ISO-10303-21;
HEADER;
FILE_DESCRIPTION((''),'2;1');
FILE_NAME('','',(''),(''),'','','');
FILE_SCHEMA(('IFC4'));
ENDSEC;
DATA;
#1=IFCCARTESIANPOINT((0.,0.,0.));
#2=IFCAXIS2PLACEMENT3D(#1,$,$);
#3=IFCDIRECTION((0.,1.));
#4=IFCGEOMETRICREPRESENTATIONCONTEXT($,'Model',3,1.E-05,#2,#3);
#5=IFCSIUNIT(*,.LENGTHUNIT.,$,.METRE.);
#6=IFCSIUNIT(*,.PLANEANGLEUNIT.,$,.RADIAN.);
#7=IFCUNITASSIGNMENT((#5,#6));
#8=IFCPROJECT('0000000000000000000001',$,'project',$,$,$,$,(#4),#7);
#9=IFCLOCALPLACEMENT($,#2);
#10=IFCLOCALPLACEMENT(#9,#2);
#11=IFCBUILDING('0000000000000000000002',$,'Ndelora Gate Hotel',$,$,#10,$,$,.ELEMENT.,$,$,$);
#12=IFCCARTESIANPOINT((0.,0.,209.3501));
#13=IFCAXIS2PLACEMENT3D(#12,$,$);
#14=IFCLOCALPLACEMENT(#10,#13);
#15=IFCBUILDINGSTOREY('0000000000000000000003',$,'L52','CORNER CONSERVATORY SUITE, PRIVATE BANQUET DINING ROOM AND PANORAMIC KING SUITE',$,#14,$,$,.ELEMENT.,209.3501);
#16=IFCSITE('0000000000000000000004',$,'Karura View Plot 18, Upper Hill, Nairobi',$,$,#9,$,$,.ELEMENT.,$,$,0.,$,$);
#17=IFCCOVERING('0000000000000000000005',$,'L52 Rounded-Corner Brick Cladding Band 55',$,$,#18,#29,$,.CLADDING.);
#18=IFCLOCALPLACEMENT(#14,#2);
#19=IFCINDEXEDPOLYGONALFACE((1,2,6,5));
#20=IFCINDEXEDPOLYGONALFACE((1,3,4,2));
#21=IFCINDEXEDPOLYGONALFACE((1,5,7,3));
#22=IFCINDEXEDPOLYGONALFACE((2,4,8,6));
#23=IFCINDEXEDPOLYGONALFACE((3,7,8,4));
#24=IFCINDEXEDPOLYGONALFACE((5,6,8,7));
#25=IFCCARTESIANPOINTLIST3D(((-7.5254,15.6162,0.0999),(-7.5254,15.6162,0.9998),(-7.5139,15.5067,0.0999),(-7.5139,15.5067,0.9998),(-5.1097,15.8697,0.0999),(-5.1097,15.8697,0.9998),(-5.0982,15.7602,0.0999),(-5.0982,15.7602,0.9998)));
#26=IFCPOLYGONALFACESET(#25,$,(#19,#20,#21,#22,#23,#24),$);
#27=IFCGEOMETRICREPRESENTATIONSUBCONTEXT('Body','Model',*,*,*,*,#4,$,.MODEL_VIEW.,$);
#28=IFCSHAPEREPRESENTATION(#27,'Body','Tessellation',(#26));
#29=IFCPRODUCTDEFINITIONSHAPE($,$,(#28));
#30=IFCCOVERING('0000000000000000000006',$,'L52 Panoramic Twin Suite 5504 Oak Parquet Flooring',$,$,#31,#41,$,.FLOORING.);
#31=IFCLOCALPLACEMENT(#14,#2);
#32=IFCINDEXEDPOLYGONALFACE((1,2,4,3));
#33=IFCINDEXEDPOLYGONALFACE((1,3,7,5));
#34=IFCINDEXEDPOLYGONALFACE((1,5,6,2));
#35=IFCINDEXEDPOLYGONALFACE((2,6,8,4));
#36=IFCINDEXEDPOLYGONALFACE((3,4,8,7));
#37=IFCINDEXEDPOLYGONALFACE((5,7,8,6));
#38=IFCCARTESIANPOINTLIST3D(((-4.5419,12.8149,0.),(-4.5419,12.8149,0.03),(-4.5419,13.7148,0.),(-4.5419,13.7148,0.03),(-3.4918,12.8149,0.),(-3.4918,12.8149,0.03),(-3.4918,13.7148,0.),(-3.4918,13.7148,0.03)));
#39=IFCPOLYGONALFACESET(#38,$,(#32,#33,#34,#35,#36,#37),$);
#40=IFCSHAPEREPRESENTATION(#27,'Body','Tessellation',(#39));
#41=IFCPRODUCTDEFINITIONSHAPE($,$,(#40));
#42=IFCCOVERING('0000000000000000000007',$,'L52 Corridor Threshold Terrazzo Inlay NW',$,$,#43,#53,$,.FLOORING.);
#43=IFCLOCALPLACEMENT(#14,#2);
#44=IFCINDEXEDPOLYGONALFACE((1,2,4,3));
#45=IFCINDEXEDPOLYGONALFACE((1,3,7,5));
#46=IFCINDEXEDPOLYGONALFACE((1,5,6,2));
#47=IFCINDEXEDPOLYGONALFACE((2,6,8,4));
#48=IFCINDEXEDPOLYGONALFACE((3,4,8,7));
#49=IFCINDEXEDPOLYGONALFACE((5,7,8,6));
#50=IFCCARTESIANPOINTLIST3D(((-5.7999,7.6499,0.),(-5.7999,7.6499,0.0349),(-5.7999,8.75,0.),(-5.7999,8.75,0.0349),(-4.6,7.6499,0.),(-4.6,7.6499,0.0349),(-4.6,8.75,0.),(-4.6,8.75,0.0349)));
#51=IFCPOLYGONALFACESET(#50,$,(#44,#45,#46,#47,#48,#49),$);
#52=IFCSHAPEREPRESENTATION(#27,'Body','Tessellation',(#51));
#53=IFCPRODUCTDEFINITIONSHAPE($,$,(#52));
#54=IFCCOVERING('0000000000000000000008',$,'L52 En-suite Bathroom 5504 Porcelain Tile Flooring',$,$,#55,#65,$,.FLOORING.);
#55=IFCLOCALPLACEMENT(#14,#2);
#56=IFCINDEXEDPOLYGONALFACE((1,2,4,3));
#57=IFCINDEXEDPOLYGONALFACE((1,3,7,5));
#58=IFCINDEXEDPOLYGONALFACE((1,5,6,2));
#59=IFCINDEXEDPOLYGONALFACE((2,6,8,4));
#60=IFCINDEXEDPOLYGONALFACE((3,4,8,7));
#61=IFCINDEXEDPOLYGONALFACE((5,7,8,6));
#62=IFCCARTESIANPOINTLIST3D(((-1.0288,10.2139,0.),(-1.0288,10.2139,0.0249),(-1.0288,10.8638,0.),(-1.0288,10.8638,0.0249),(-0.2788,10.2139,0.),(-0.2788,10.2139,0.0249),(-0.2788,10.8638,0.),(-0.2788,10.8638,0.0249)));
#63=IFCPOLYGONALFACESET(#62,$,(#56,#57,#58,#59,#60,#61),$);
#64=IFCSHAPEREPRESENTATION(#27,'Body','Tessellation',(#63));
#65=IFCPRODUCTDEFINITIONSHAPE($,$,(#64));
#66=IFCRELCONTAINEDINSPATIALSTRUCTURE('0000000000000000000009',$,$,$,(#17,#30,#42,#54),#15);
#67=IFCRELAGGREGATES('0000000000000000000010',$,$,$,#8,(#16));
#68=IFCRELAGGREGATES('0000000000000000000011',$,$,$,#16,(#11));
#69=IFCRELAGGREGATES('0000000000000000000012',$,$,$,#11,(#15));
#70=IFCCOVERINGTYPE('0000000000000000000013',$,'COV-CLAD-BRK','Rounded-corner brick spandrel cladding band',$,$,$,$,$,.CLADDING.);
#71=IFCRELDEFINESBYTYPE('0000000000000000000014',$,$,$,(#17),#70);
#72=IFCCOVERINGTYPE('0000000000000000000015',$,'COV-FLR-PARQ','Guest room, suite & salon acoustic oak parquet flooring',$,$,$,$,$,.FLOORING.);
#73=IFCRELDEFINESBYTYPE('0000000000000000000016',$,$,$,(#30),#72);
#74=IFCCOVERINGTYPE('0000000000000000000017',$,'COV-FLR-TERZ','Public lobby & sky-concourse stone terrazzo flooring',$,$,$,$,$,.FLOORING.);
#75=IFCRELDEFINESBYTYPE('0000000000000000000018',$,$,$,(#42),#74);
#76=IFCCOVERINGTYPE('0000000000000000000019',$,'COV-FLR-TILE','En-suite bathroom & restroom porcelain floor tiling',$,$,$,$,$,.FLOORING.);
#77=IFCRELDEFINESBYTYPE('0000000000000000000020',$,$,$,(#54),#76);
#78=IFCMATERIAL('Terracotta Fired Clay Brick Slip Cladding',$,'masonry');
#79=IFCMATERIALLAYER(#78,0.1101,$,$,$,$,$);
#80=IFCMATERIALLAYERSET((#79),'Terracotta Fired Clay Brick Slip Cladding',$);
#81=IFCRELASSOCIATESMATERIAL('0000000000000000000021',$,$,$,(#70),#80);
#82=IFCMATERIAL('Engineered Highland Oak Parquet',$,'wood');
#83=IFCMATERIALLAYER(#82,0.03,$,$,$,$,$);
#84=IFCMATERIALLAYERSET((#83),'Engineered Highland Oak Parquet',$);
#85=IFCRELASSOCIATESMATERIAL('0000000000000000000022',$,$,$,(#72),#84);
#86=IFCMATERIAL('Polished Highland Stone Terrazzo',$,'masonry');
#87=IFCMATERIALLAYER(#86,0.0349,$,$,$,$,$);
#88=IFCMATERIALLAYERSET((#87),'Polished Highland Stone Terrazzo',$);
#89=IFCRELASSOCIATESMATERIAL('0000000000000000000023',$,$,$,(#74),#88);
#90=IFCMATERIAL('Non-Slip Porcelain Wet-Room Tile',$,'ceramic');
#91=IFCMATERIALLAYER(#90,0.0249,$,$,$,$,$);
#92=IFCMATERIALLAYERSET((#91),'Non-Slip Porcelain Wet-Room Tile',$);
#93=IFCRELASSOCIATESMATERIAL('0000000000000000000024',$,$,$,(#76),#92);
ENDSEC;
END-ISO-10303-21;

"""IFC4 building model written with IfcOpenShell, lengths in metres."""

from ifc_helpers import new_model, si_unit, direction, frame, origin, origin_2d, place, context, subcontext, project, spatial, rectangle, extrude, material, layer, layer_set, type_object, element, save


model = new_model("IFC4")

# Units and contexts
model_context = context("Model", 3, precision=1e-05, world=origin(), true_north=direction((0.0, 1.0)))
body_context = subcontext(model_context, "Body", "Model", "MODEL_VIEW")
ifc_project = project(units=[si_unit("LENGTHUNIT", "METRE"), si_unit("PLANEANGLEUNIT", "RADIAN")], contexts=[model_context])

# Site, building, storey
site_placement = place(None, origin())
site = spatial("IfcSite", under=ifc_project, at=site_placement, Name="Karura View Plot 18, Upper Hill, Nairobi", CompositionType="ELEMENT", RefElevation=0.0)
building_placement = place(site_placement, origin())
building = spatial("IfcBuilding", under=site, at=building_placement, Name="Ndelora Gate Hotel", CompositionType="ELEMENT")
storey_placement = place(building_placement, frame((0.0, 0.0, 209.3501)))
storey = spatial("IfcBuildingStorey", under=building, at=storey_placement, Name="L52", Description="CORNER CONSERVATORY SUITE, PRIVATE BANQUET DINING ROOM AND PANORAMIC KING SUITE", CompositionType="ELEMENT", Elevation=209.3501)

# Coverings
ifc_material_1 = material(Name="Terracotta Fired Clay Brick Slip Cladding", Category="masonry")
ifc_layer_1 = layer(ifc_material_1, 0.1101)
ifc_layer_set_1 = layer_set([ifc_layer_1], Name="Terracotta Fired Clay Brick Slip Cladding")
covering_type_1 = type_object("IfcCoveringType", Name="COV-CLAD-BRK", Description="Rounded-corner brick spandrel cladding band", PredefinedType="CLADDING", material=ifc_layer_set_1)
covering_1_placement = place(storey_placement, frame((-6.3118, 15.6882, 0.0999), z_axis=(0.0, 0.0, 1.0), x_axis=(0.99454, 0.104355, 0.0)))
element("IfcCovering", 1, at=covering_1_placement, inside=storey, type_object=covering_type_1, Name="L52 Rounded-Corner Brick Cladding Band 55", PredefinedType="CLADDING", context=body_context, shape_type="SweptSolid", body=[
    extrude(rectangle(XDim=2.429, YDim=0.1101, at=origin_2d()), origin(), (0.0, 0.0, 1.0), 0.8999),
])
ifc_material_2 = material(Name="Engineered Highland Oak Parquet", Category="wood")
ifc_layer_2 = layer(ifc_material_2, 0.03)
ifc_layer_set_2 = layer_set([ifc_layer_2], Name="Engineered Highland Oak Parquet")
covering_type_2 = type_object("IfcCoveringType", Name="COV-FLR-PARQ", Description="Guest room, suite & salon acoustic oak parquet flooring", PredefinedType="FLOORING", material=ifc_layer_set_2)
covering_2_placement = place(storey_placement, frame((-4.0168, 13.2649, 0.0), z_axis=(0.0, 0.0, 1.0), x_axis=(1.0, 0.0, 0.0)))
element("IfcCovering", 2, at=covering_2_placement, inside=storey, type_object=covering_type_2, Name="L52 Panoramic Twin Suite 5504 Oak Parquet Flooring", PredefinedType="FLOORING", context=body_context, shape_type="SweptSolid", body=[
    extrude(rectangle(XDim=1.05, YDim=0.8999, at=origin_2d()), origin(), (0.0, 0.0, 1.0), 0.03),
])
ifc_material_3 = material(Name="Polished Highland Stone Terrazzo", Category="masonry")
ifc_layer_3 = layer(ifc_material_3, 0.0349)
ifc_layer_set_3 = layer_set([ifc_layer_3], Name="Polished Highland Stone Terrazzo")
covering_type_3 = type_object("IfcCoveringType", Name="COV-FLR-TERZ", Description="Public lobby & sky-concourse stone terrazzo flooring", PredefinedType="FLOORING", material=ifc_layer_set_3)
covering_3_placement = place(storey_placement, frame((-5.2, 8.2, 0.0), z_axis=(0.0, 0.0, 1.0), x_axis=(1.0, 0.0, 0.0)))
element("IfcCovering", 3, at=covering_3_placement, inside=storey, type_object=covering_type_3, Name="L52 Corridor Threshold Terrazzo Inlay NW", PredefinedType="FLOORING", context=body_context, shape_type="SweptSolid", body=[
    extrude(rectangle(XDim=1.2, YDim=1.1001, at=origin_2d()), origin(), (0.0, 0.0, 1.0), 0.0349),
])
ifc_material_4 = material(Name="Non-Slip Porcelain Wet-Room Tile", Category="ceramic")
ifc_layer_4 = layer(ifc_material_4, 0.0249)
ifc_layer_set_4 = layer_set([ifc_layer_4], Name="Non-Slip Porcelain Wet-Room Tile")
covering_type_4 = type_object("IfcCoveringType", Name="COV-FLR-TILE", Description="En-suite bathroom & restroom porcelain floor tiling", PredefinedType="FLOORING", material=ifc_layer_set_4)
covering_4_placement = place(storey_placement, frame((-0.6538, 10.5388, 0.0), z_axis=(0.0, 0.0, 1.0), x_axis=(1.0, 0.0, 0.0)))
element("IfcCovering", 4, at=covering_4_placement, inside=storey, type_object=covering_type_4, Name="L52 En-suite Bathroom 5504 Porcelain Tile Flooring", PredefinedType="FLOORING", context=body_context, shape_type="SweptSolid", body=[
    extrude(rectangle(XDim=0.75, YDim=0.6499, at=origin_2d()), origin(), (0.0, 0.0, 1.0), 0.0249),
])

save(model, "model.ifc")
